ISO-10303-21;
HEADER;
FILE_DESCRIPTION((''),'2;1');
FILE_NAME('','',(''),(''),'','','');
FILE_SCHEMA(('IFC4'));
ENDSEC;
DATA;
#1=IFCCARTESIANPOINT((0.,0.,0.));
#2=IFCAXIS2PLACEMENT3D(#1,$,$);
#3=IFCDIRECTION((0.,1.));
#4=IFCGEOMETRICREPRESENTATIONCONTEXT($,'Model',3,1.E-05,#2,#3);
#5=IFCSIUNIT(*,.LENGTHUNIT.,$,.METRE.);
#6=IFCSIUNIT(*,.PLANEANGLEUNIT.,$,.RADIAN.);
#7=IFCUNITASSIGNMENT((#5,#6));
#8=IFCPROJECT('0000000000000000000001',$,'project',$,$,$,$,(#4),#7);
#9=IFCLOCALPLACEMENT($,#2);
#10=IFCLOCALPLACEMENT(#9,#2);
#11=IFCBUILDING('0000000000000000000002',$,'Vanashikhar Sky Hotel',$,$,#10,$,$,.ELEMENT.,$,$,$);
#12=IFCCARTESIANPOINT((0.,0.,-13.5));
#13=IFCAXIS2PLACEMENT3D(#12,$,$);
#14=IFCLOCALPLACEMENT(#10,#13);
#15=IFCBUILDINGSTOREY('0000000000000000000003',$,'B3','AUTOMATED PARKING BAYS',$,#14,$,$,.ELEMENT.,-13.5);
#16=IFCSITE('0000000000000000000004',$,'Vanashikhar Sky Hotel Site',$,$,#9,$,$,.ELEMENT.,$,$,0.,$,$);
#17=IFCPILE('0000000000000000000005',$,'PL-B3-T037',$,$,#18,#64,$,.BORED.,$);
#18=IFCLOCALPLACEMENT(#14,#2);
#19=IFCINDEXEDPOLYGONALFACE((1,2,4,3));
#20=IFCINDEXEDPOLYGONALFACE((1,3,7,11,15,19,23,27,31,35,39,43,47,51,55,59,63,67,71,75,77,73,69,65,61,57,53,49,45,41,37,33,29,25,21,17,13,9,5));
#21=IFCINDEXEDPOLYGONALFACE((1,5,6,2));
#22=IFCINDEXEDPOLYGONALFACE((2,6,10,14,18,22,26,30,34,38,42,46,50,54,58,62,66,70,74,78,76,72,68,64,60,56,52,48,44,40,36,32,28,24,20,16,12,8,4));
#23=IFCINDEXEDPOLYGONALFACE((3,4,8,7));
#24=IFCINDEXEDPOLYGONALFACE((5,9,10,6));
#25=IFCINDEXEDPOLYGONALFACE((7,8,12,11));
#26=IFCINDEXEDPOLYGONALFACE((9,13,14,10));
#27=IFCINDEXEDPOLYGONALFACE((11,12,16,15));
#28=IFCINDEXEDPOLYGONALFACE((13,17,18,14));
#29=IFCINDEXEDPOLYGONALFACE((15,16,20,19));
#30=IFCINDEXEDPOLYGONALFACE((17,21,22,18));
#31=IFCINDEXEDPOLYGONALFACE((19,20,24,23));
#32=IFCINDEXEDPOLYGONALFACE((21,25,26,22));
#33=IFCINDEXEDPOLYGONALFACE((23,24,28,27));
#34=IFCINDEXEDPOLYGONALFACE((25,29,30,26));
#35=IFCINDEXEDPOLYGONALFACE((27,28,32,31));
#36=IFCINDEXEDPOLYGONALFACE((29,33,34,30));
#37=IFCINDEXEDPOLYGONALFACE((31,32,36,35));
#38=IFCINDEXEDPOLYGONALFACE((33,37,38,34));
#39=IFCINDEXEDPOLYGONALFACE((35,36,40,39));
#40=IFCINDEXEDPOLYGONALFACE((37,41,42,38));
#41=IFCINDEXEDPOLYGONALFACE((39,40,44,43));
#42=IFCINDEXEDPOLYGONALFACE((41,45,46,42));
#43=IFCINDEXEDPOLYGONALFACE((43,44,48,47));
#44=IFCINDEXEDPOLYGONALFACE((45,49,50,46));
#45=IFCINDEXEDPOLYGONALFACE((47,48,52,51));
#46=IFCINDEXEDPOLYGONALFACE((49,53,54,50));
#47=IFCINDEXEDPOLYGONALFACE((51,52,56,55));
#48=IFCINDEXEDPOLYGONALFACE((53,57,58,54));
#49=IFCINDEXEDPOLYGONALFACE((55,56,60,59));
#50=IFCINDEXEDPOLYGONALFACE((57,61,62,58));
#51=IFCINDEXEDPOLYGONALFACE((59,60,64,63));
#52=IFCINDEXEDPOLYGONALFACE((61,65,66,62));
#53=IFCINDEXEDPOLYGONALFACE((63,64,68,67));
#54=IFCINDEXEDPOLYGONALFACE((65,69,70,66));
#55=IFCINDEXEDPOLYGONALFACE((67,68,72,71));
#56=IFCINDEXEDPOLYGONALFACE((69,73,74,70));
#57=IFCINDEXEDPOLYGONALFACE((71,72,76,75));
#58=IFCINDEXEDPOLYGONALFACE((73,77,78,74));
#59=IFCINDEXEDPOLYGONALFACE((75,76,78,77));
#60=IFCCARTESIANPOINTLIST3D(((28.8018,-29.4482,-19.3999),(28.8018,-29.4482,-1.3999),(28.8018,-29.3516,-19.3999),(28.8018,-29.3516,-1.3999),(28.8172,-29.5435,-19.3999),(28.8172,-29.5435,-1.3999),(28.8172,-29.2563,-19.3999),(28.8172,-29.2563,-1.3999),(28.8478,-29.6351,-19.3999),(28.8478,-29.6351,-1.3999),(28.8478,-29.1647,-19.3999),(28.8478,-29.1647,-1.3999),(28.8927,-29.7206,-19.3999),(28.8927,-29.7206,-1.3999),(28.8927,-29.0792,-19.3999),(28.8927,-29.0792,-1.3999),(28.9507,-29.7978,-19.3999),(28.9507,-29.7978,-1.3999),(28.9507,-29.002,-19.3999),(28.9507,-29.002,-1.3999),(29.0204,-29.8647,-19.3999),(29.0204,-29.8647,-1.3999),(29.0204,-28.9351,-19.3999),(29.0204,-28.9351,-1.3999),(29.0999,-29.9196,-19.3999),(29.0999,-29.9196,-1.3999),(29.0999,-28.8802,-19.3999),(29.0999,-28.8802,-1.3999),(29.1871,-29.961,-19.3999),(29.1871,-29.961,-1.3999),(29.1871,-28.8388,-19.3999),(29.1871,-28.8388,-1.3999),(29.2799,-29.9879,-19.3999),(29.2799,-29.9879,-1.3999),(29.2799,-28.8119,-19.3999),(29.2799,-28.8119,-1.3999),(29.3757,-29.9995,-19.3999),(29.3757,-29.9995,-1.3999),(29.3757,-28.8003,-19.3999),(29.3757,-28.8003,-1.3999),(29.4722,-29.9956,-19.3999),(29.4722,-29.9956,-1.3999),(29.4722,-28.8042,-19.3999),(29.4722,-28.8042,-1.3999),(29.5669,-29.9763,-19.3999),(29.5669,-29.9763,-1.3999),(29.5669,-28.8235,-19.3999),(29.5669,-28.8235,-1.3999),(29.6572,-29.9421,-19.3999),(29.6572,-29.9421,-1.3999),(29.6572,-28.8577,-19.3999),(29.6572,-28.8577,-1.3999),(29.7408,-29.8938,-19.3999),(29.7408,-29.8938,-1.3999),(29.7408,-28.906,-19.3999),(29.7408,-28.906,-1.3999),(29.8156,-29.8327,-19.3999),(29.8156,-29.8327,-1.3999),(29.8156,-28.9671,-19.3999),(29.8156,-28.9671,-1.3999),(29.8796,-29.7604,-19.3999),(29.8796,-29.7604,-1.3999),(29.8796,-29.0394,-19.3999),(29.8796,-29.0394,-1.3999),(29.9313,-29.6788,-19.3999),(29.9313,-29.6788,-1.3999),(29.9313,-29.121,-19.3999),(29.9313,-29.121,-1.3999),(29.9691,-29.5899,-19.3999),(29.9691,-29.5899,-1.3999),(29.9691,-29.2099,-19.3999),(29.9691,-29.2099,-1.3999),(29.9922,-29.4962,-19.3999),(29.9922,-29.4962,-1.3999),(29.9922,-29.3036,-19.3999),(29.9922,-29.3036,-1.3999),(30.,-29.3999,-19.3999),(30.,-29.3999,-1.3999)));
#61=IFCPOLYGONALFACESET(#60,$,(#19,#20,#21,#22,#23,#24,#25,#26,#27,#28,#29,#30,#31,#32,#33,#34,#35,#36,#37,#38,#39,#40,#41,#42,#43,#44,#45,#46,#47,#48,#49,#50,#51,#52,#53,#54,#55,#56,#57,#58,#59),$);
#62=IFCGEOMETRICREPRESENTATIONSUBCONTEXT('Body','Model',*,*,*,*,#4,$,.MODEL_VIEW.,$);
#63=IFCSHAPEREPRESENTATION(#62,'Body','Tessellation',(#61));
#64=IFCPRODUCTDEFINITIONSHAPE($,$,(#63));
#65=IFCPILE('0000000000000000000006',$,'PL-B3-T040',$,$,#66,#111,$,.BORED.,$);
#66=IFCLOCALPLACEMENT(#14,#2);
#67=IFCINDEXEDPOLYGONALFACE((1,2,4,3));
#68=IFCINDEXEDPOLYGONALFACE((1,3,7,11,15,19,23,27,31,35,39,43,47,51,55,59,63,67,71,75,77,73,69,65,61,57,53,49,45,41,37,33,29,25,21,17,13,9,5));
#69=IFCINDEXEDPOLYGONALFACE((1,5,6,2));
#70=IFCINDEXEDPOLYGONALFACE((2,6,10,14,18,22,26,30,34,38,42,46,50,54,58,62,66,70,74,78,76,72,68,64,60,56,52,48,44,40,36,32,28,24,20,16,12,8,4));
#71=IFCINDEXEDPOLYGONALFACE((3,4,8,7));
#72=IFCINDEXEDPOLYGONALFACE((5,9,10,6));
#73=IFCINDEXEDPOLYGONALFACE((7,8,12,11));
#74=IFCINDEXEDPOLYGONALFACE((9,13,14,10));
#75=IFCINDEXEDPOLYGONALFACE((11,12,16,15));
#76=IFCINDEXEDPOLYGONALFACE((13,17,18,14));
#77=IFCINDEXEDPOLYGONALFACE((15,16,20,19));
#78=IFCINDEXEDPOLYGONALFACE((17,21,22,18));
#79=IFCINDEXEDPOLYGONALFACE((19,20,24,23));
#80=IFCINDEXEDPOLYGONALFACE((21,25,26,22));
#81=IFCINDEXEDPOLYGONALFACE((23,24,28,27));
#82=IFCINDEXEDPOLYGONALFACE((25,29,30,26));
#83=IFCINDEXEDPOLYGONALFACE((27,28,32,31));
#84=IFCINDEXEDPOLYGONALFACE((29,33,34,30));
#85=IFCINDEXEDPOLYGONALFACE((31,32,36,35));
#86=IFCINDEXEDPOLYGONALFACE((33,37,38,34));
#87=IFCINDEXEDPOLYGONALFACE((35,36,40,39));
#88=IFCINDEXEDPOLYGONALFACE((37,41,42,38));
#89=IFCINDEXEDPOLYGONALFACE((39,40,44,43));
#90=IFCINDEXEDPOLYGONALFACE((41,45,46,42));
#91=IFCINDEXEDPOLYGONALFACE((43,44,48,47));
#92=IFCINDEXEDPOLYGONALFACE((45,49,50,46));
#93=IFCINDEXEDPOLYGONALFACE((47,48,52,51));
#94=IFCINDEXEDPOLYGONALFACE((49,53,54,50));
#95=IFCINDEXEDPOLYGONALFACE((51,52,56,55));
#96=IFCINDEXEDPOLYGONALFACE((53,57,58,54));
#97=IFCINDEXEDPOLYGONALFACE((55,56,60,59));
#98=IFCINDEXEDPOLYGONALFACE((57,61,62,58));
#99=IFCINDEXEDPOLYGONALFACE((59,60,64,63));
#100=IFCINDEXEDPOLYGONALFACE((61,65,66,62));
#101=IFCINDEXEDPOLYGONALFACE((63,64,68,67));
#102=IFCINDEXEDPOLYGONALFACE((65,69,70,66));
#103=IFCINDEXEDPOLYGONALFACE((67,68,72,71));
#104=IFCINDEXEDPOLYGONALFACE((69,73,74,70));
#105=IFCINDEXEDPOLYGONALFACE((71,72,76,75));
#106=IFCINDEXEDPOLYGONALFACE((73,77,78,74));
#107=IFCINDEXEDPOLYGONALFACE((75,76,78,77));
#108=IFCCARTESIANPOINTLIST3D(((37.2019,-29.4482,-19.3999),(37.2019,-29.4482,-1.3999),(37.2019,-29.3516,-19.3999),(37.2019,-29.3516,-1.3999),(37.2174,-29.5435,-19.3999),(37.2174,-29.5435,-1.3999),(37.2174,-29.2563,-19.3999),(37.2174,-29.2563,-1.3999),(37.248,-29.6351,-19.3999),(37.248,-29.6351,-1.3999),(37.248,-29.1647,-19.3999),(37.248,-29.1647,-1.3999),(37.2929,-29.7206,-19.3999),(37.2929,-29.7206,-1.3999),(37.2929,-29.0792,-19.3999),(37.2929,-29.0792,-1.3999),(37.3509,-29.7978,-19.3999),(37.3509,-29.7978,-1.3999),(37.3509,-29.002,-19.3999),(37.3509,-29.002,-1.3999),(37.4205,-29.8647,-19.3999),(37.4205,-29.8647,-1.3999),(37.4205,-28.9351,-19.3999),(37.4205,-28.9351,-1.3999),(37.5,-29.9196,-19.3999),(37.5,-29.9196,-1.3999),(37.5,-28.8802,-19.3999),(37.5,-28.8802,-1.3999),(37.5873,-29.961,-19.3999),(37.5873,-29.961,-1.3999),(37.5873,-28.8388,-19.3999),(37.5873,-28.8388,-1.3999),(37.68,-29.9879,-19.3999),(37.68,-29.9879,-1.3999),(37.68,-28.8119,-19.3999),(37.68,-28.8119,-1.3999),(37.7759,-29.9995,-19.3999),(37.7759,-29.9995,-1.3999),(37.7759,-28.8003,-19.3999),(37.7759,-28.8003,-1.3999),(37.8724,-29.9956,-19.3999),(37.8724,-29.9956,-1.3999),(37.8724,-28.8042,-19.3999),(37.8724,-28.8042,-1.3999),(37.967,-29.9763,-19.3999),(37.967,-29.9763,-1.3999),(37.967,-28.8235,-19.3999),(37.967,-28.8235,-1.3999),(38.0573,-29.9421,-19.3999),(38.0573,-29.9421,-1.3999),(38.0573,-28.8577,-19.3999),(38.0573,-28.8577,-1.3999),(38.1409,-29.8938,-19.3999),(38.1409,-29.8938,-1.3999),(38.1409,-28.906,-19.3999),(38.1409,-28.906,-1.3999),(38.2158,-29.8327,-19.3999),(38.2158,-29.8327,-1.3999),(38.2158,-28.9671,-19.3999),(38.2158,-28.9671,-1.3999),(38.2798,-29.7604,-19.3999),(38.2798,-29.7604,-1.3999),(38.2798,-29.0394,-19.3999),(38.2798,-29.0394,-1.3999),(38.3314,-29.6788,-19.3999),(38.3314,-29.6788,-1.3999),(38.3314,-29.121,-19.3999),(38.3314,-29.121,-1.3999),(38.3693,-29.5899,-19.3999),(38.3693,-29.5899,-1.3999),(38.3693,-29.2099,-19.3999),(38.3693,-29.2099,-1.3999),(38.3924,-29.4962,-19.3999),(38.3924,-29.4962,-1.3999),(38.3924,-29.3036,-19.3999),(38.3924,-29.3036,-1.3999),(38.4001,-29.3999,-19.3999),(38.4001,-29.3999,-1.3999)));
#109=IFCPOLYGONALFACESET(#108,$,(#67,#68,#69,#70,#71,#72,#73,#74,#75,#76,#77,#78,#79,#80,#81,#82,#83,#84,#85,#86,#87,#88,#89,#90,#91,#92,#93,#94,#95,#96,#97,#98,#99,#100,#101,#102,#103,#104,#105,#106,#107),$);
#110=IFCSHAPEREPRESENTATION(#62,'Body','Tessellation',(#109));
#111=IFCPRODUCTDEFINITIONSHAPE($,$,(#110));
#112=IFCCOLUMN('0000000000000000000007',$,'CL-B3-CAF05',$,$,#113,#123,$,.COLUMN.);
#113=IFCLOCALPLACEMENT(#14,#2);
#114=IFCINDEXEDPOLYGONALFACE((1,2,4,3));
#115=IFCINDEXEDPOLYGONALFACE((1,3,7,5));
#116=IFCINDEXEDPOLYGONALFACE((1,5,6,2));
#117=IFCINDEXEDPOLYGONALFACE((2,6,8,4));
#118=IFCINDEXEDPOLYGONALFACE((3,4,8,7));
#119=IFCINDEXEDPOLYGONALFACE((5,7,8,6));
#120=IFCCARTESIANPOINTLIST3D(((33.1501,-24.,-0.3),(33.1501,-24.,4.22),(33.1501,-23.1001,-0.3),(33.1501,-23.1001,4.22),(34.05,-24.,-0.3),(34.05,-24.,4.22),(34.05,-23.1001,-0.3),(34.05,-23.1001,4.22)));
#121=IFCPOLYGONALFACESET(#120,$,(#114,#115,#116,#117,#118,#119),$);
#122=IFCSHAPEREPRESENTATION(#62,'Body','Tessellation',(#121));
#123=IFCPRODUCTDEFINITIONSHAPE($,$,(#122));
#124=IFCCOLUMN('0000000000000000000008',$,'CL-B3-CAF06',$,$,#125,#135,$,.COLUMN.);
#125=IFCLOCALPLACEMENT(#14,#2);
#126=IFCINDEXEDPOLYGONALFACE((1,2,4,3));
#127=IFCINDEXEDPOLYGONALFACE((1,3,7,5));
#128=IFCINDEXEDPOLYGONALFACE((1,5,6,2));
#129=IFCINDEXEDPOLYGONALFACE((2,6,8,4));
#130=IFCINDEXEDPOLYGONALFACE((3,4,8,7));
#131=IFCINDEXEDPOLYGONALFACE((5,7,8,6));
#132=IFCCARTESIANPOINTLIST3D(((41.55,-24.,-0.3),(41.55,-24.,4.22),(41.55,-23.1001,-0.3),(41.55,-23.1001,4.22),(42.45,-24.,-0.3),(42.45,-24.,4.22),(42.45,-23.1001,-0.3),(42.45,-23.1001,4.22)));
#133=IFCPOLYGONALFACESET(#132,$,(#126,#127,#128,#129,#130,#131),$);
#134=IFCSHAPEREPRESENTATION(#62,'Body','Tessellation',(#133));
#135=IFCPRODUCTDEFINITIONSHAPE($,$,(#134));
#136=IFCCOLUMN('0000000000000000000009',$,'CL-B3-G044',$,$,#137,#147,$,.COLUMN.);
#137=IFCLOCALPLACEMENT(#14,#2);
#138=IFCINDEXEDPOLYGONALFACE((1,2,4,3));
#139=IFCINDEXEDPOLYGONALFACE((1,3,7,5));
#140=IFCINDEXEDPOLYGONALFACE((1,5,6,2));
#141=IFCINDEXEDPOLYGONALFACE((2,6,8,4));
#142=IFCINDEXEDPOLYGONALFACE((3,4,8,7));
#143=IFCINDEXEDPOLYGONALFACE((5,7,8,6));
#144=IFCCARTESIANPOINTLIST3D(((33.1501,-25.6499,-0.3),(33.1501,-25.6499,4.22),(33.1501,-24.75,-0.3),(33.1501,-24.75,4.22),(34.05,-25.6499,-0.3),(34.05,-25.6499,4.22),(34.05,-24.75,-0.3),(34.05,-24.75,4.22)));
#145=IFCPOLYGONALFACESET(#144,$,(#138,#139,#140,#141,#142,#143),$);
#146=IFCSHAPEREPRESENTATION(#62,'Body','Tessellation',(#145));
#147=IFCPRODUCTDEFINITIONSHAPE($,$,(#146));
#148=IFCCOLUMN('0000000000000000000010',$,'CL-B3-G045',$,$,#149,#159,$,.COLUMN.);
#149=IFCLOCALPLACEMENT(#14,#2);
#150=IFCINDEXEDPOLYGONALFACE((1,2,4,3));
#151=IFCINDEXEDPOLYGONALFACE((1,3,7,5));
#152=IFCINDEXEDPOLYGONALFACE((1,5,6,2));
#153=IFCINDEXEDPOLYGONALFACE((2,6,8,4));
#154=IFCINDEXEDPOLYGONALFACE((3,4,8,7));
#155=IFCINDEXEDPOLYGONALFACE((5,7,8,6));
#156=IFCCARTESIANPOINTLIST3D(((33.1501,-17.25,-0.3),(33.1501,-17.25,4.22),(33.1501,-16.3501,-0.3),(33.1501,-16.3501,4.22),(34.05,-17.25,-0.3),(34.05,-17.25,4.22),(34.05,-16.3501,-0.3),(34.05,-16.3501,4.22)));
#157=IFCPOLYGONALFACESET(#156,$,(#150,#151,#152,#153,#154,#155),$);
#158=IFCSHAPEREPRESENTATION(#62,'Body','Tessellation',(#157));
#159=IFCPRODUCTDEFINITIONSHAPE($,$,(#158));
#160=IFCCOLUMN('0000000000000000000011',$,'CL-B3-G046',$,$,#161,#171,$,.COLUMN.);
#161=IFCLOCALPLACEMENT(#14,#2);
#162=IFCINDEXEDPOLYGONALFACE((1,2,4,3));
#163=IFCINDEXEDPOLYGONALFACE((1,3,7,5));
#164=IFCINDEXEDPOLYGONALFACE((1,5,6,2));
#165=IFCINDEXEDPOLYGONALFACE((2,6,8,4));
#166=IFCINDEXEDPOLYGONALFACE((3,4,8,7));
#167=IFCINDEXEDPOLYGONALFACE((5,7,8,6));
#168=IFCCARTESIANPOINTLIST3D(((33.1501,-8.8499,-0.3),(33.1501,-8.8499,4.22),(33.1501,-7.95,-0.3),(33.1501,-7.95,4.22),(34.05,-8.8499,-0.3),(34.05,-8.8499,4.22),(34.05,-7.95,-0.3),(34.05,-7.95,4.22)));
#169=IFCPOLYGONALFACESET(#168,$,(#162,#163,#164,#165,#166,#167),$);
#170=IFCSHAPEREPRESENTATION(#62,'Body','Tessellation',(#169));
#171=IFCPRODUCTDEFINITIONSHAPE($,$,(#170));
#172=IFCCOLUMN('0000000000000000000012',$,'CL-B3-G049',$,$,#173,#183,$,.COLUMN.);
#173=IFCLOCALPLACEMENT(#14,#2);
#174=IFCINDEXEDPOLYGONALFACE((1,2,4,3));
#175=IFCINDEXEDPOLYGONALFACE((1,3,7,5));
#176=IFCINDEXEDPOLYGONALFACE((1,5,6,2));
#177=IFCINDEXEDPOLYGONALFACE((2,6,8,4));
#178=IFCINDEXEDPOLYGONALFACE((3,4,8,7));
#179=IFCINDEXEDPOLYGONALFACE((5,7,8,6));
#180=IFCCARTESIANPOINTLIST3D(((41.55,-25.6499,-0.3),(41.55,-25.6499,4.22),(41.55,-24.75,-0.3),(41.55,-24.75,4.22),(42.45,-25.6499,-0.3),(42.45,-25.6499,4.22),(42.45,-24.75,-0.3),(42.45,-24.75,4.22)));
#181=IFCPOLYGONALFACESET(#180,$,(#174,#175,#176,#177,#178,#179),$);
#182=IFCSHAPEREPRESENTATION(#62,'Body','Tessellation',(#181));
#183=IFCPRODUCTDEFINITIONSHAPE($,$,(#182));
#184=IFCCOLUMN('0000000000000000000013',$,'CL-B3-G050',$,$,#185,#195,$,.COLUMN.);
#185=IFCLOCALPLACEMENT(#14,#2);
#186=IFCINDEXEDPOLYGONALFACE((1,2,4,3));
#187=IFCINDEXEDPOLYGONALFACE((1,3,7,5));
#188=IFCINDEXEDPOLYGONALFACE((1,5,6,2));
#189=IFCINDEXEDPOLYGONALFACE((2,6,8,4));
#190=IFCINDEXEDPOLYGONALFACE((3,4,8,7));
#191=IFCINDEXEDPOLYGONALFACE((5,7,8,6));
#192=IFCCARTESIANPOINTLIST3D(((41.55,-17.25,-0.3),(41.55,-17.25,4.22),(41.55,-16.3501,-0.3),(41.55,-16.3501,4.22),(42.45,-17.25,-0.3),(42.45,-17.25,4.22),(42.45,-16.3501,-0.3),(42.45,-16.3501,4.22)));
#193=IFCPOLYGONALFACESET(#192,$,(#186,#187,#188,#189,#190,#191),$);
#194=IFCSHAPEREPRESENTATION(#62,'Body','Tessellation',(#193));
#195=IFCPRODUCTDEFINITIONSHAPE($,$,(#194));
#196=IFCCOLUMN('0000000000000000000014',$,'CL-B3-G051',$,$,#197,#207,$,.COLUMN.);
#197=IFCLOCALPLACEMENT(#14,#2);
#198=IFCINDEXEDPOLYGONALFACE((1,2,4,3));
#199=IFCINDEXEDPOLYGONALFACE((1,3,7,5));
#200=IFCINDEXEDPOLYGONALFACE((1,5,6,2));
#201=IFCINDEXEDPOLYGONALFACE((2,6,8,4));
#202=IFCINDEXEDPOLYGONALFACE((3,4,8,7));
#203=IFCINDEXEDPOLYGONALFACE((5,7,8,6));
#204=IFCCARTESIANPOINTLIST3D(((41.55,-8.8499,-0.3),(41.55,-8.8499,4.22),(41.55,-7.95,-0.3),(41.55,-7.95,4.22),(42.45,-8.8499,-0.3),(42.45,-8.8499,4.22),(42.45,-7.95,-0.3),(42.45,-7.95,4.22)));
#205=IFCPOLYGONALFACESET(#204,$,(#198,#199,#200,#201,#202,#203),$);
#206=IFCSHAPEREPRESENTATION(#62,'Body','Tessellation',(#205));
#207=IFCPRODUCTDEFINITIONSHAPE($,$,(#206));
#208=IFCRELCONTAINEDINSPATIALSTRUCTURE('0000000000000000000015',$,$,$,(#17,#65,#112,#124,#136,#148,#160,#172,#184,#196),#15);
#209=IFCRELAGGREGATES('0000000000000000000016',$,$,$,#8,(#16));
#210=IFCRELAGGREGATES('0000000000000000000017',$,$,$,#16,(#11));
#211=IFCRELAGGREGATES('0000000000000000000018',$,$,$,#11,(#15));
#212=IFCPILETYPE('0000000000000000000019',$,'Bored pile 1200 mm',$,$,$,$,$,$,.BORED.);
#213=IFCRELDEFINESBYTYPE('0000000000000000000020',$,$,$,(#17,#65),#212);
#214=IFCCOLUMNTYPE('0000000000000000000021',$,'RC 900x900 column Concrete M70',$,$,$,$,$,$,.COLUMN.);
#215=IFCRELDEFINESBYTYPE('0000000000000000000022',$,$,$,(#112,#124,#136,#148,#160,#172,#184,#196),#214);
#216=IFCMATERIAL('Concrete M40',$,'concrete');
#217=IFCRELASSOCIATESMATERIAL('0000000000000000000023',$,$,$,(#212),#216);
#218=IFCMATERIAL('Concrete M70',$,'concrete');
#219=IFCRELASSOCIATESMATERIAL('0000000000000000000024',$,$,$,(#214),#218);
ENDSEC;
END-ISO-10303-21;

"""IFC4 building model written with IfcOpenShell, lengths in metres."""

from ifc_helpers import new_model, si_unit, direction, frame, origin, origin_2d, place, context, subcontext, project, spatial, rectangle, circle, extrude, source, transform, mapped, material, material_profile, profile_set, type_object, element, save


model = new_model("IFC4")

# Units and contexts
model_context = context("Model", 3, precision=1e-05, world=origin(), true_north=direction((0.0, 1.0)))
body_context = subcontext(model_context, "Body", "Model", "MODEL_VIEW")
ifc_project = project(units=[si_unit("LENGTHUNIT", "METRE"), si_unit("PLANEANGLEUNIT", "RADIAN")], contexts=[model_context])

# Site, building, storey
site_placement = place(None, origin())
site = spatial("IfcSite", under=ifc_project, at=site_placement, Name="Vanashikhar Sky Hotel Site", CompositionType="ELEMENT", RefElevation=0.0)
building_placement = place(site_placement, origin())
building = spatial("IfcBuilding", under=site, at=building_placement, Name="Vanashikhar Sky Hotel", CompositionType="ELEMENT")
storey_placement = place(building_placement, frame((0.0, 0.0, -13.5)))
storey = spatial("IfcBuildingStorey", under=building, at=storey_placement, Name="B3", Description="AUTOMATED PARKING BAYS", CompositionType="ELEMENT", Elevation=-13.5)

# Piles
ifc_material_1 = material(Name="Concrete M40", Category="concrete")
pile_type_1 = type_object("IfcPileType", Name="Bored pile 1200 mm", PredefinedType="BORED", material=ifc_material_1)
shared_shape_1 = source(origin(), body_context, "Body", "SweptSolid", [
    extrude(circle(Radius=0.6001, at=origin_2d()), origin(), (0.0, 0.0, 1.0), 18.0),
])
for number, where, z_axis, x_axis, name in (
    (1, (29.3999, -29.3999, -1.3999), (0.0, 0.0, -1.0), (1.0, 0.0, 0.0), "PL-B3-T037"),
    (2, (37.8, -29.3999, -1.3999), (0.0, 0.0, -1.0), (1.0, 0.0, 0.0), "PL-B3-T040"),
):
    element("IfcPile", number, at=place(storey_placement, frame(where, z_axis=z_axis, x_axis=x_axis)), inside=storey, type_object=pile_type_1, Name=name, PredefinedType="BORED", context=body_context, shape_type="MappedRepresentation", body=[
        mapped(shared_shape_1, transform((0.0, 0.0, 0.0), scale=1.0)),
    ])

# Columns
ifc_material_2 = material(Name="Concrete M70", Category="concrete")
ifc_material_profile = material_profile(ifc_material_2, rectangle(XDim=0.8999, YDim=0.8999, at=origin_2d()))
ifc_profile_set = profile_set([ifc_material_profile], Name="RC 900x900 column Concrete M70")
column_type = type_object("IfcColumnType", Name="RC 900x900 column Concrete M70", PredefinedType="COLUMN", material=ifc_profile_set)
shared_shape_2 = source(origin(), body_context, "Body", "SweptSolid", [
    extrude(rectangle(XDim=0.8999, YDim=0.8999, at=origin_2d()), origin(), (0.0, 0.0, 1.0), 4.52),
])
for number, where, z_axis, x_axis, name in (
    (3, (33.6001, -23.55, -0.3), (0.0, 0.0, 1.0), (1.0, 0.0, 0.0), "CL-B3-CAF05"),
    (4, (42.0, -23.55, -0.3), (0.0, 0.0, 1.0), (1.0, 0.0, 0.0), "CL-B3-CAF06"),
    (5, (33.6001, -25.2, -0.3), (0.0, 0.0, 1.0), (1.0, 0.0, 0.0), "CL-B3-G044"),
    (6, (33.6001, -16.8, -0.3), (0.0, 0.0, 1.0), (1.0, 0.0, 0.0), "CL-B3-G045"),
    (7, (33.6001, -8.3999, -0.3), (0.0, 0.0, 1.0), (1.0, 0.0, 0.0), "CL-B3-G046"),
    (8, (42.0, -25.2, -0.3), (0.0, 0.0, 1.0), (1.0, 0.0, 0.0), "CL-B3-G049"),
    (9, (42.0, -16.8, -0.3), (0.0, 0.0, 1.0), (1.0, 0.0, 0.0), "CL-B3-G050"),
    (10, (42.0, -8.3999, -0.3), (0.0, 0.0, 1.0), (1.0, 0.0, 0.0), "CL-B3-G051"),
):
    element("IfcColumn", number, at=place(storey_placement, frame(where, z_axis=z_axis, x_axis=x_axis)), inside=storey, type_object=column_type, Name=name, PredefinedType="COLUMN", context=body_context, shape_type="MappedRepresentation", body=[
        mapped(shared_shape_2, transform((0.0, 0.0, 0.0), scale=1.0)),
    ])

save(model, "model.ifc")
